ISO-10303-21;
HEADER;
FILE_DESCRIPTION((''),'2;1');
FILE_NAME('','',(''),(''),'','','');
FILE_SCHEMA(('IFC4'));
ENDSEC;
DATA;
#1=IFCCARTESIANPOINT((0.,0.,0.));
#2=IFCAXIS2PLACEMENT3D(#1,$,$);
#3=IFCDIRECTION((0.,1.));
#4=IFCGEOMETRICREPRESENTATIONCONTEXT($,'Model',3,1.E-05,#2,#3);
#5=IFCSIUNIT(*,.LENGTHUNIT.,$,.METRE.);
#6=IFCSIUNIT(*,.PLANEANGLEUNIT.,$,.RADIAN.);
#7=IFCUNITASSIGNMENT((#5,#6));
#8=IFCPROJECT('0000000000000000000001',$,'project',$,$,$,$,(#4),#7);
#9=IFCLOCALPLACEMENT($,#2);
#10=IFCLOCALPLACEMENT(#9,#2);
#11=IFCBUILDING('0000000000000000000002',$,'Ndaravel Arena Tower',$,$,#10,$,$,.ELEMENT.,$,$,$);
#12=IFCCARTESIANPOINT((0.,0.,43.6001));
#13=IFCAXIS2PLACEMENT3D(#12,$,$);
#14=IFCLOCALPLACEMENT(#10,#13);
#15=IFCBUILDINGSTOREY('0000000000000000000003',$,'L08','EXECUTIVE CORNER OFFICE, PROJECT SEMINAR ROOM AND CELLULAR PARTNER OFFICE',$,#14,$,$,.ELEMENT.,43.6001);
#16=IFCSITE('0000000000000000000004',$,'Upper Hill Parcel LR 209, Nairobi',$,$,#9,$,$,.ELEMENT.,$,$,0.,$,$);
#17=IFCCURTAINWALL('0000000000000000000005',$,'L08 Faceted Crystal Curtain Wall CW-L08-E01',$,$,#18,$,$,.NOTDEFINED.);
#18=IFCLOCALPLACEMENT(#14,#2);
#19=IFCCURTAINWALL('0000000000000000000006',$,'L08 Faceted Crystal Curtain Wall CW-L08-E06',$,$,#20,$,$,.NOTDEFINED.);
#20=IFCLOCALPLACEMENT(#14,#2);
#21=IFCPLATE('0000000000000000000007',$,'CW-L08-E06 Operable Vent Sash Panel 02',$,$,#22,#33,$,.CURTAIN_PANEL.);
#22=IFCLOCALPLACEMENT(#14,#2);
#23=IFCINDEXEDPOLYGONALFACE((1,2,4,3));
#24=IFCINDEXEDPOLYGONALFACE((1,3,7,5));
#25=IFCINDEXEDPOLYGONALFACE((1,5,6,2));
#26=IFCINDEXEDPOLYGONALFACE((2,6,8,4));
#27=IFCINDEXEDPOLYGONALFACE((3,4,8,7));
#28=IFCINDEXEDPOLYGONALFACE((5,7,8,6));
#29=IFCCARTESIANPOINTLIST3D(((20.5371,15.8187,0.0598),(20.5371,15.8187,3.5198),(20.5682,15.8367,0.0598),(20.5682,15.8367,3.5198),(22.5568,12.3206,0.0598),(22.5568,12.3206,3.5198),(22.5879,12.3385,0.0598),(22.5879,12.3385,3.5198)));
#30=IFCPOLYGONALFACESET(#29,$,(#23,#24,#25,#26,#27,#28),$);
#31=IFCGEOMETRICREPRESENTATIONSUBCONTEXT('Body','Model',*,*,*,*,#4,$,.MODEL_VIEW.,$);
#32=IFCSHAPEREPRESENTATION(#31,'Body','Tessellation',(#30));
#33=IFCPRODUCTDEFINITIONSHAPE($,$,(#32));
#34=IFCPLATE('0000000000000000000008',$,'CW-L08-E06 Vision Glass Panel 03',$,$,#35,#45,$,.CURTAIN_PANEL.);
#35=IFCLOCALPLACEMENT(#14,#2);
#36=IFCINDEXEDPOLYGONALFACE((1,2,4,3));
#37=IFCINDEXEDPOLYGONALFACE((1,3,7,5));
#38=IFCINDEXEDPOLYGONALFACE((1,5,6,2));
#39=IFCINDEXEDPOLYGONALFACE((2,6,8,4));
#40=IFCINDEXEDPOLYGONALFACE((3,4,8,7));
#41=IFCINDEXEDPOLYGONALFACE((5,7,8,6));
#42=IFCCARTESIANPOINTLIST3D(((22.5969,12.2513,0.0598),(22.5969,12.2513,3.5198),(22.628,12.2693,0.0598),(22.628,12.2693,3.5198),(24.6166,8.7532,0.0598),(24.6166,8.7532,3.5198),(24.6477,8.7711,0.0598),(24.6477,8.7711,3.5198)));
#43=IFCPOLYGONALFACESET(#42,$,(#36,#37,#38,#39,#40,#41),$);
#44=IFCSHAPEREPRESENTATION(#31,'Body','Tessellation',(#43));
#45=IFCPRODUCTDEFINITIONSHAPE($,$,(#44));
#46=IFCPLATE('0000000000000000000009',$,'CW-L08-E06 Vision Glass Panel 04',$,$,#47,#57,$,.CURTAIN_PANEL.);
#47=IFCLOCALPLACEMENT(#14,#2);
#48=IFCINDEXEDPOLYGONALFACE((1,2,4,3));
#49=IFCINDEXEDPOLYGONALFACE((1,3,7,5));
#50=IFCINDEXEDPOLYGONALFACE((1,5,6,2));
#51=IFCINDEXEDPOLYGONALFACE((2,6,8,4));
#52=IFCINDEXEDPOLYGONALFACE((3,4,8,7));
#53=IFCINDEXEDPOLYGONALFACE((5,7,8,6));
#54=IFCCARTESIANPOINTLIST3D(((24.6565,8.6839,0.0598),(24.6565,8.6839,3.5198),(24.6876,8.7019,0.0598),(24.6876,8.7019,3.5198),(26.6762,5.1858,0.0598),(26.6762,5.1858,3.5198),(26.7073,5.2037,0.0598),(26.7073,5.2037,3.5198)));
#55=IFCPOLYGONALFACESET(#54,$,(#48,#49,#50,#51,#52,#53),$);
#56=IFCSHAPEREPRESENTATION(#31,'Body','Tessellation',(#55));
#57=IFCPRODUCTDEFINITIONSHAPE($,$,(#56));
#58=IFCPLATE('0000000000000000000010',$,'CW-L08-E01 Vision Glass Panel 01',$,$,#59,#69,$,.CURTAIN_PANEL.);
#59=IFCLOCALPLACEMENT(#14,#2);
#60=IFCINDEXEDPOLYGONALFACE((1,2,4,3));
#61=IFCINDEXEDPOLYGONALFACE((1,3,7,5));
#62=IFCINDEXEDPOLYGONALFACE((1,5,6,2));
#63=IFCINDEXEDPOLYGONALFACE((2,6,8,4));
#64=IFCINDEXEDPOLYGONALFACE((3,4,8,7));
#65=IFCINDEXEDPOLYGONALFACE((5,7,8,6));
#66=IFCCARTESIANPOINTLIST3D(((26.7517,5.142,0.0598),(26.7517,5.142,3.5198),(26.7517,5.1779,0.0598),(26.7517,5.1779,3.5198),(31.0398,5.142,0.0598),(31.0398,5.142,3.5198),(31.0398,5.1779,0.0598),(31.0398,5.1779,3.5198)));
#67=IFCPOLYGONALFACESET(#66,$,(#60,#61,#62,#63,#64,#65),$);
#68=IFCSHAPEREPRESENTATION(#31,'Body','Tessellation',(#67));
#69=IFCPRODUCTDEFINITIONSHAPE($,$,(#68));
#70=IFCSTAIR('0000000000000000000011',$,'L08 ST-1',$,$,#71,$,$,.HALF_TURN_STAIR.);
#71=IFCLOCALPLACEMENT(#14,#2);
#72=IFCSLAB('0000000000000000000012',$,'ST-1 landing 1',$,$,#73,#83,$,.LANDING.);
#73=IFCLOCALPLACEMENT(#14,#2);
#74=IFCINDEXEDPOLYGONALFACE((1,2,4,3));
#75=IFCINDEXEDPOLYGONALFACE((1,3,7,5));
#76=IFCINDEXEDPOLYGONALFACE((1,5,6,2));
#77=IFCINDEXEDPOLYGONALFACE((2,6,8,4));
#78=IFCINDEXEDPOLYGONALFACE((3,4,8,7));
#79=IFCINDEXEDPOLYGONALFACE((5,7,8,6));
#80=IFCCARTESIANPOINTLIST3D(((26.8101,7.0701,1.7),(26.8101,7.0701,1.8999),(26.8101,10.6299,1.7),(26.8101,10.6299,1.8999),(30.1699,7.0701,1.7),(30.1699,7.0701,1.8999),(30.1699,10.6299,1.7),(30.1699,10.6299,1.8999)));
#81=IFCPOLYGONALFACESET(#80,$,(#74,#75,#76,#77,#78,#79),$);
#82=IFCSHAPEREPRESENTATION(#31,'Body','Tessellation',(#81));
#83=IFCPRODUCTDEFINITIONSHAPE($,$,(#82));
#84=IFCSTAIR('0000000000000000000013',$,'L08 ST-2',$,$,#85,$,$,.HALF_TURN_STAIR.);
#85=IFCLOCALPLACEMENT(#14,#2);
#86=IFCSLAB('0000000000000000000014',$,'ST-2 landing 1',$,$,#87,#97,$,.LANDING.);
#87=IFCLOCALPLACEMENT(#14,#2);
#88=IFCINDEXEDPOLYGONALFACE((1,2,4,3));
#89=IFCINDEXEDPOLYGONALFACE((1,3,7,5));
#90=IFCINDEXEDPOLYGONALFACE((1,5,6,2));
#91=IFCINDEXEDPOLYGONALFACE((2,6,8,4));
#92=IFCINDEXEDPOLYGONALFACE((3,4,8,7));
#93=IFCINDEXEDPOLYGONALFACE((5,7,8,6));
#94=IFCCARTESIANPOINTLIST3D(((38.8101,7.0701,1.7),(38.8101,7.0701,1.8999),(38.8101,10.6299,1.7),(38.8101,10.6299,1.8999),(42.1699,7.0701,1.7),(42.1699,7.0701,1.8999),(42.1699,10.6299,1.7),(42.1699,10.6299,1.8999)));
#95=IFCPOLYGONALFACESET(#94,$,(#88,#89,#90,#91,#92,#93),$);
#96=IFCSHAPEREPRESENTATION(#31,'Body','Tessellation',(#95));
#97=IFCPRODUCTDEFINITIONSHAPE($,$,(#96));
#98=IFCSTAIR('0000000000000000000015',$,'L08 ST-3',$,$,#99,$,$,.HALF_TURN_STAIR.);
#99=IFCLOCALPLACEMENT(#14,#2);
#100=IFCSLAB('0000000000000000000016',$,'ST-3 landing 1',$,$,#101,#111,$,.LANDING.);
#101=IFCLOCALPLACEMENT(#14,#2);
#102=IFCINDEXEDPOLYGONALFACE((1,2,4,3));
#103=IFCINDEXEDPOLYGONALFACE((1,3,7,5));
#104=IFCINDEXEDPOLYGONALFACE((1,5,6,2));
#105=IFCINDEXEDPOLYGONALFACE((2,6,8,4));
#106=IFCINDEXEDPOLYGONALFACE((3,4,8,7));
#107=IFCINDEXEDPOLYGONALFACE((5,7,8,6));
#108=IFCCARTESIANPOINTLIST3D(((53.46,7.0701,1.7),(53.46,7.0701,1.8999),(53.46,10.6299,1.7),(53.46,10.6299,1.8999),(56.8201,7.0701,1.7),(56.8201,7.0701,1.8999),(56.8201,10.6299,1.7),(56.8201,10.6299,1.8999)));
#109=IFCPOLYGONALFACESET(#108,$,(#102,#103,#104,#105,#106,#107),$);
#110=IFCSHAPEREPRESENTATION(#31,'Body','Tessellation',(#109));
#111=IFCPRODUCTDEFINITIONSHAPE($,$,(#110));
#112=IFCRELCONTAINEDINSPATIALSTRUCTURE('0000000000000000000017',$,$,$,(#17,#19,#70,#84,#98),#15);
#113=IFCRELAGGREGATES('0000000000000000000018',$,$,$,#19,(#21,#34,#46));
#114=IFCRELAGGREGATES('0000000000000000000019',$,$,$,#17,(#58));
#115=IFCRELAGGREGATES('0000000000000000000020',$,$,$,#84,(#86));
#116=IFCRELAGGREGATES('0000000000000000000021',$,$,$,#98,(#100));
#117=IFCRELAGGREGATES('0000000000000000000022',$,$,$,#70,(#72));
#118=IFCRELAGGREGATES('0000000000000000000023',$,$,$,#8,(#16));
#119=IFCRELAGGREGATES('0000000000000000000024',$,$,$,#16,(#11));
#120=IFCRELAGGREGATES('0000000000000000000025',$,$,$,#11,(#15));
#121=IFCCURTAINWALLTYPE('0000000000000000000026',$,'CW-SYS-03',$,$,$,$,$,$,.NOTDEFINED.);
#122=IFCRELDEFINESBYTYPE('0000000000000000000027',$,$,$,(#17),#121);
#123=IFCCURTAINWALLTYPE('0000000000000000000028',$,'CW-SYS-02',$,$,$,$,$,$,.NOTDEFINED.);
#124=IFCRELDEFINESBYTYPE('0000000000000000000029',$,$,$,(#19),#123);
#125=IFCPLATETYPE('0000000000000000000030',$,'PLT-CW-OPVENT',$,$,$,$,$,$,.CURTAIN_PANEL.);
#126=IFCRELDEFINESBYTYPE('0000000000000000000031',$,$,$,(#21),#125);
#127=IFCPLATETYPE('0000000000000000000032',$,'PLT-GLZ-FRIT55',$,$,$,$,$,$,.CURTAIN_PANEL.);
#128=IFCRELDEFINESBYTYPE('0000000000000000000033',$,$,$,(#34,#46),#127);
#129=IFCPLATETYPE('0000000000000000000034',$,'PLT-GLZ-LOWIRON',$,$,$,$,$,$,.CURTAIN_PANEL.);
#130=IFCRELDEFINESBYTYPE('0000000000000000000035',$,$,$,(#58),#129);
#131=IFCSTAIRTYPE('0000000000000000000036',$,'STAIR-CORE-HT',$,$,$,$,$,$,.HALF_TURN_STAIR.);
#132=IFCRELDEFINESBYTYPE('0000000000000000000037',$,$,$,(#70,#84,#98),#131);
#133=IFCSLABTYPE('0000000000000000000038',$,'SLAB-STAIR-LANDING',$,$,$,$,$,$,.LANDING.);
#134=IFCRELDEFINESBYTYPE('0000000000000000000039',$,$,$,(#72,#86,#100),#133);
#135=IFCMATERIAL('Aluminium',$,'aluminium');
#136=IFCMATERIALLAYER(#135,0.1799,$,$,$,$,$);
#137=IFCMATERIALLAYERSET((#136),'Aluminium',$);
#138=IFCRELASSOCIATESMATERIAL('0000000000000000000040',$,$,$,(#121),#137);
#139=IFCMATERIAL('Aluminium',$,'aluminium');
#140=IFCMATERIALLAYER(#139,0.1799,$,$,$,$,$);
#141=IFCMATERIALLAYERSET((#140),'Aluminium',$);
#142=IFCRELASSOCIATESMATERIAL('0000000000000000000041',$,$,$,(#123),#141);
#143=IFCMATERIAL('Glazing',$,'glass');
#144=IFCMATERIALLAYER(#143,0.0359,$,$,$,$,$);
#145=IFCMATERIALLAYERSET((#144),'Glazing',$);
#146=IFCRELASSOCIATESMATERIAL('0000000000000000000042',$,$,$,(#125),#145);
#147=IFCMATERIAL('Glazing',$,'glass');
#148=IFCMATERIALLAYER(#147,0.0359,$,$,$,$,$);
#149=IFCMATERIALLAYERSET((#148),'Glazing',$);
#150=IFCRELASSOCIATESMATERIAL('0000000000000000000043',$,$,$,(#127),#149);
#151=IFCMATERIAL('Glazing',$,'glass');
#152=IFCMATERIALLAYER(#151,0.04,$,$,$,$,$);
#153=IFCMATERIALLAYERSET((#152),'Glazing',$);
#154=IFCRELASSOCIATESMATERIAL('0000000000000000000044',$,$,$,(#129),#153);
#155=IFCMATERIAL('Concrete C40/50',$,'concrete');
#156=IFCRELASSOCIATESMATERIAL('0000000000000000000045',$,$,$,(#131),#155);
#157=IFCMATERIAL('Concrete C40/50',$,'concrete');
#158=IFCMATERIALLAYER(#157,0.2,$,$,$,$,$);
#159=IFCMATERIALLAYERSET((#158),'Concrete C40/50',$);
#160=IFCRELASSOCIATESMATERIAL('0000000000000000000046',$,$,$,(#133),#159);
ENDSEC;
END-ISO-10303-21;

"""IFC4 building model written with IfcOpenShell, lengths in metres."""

from ifc_helpers import new_model, si_unit, direction, frame, origin, origin_2d, place, context, subcontext, project, spatial, polyline, rectangle, outline, extrude, material, layer, layer_set, type_object, element, aggregate, save


model = new_model("IFC4")

# Units and contexts
model_context = context("Model", 3, precision=1e-05, world=origin(), true_north=direction((0.0, 1.0)))
body_context = subcontext(model_context, "Body", "Model", "MODEL_VIEW")
ifc_project = project(units=[si_unit("LENGTHUNIT", "METRE"), si_unit("PLANEANGLEUNIT", "RADIAN")], contexts=[model_context])

# Site, building, storey
site_placement = place(None, origin())
site = spatial("IfcSite", under=ifc_project, at=site_placement, Name="Upper Hill Parcel LR 209, Nairobi", CompositionType="ELEMENT", RefElevation=0.0)
building_placement = place(site_placement, origin())
building = spatial("IfcBuilding", under=site, at=building_placement, Name="Ndaravel Arena Tower", CompositionType="ELEMENT")
storey_placement = place(building_placement, frame((0.0, 0.0, 43.6001)))
storey = spatial("IfcBuildingStorey", under=building, at=storey_placement, Name="L08", Description="EXECUTIVE CORNER OFFICE, PROJECT SEMINAR ROOM AND CELLULAR PARTNER OFFICE", CompositionType="ELEMENT", Elevation=43.6001)

# Curtain wall
ifc_material_1 = material(Name="Aluminium", Category="aluminium")
ifc_layer_1 = layer(ifc_material_1, 0.1799)
ifc_layer_set_1 = layer_set([ifc_layer_1], Name="Aluminium")
curtain_wall_type_1 = type_object("IfcCurtainWallType", Name="CW-SYS-03", PredefinedType="NOTDEFINED", material=ifc_layer_set_1)
curtain_wall_1_placement = place(storey_placement, origin())
curtain_wall_1 = element("IfcCurtainWall", 1, at=curtain_wall_1_placement, inside=storey, type_object=curtain_wall_type_1, Name="L08 Faceted Crystal Curtain Wall CW-L08-E01", PredefinedType="NOTDEFINED")

# Curtain wall
ifc_material_2 = material(Name="Aluminium", Category="aluminium")
ifc_layer_2 = layer(ifc_material_2, 0.1799)
ifc_layer_set_2 = layer_set([ifc_layer_2], Name="Aluminium")
curtain_wall_type_2 = type_object("IfcCurtainWallType", Name="CW-SYS-02", PredefinedType="NOTDEFINED", material=ifc_layer_set_2)
curtain_wall_2_placement = place(storey_placement, origin())
curtain_wall_2 = element("IfcCurtainWall", 2, at=curtain_wall_2_placement, inside=storey, type_object=curtain_wall_type_2, Name="L08 Faceted Crystal Curtain Wall CW-L08-E06", PredefinedType="NOTDEFINED")

# Plates
ifc_material_3 = material(Name="Glazing", Category="glass")
ifc_layer_3 = layer(ifc_material_3, 0.0359)
ifc_layer_set_3 = layer_set([ifc_layer_3], Name="Glazing")
plate_type_1 = type_object("IfcPlateType", Name="PLT-CW-OPVENT", PredefinedType="CURTAIN_PANEL", material=ifc_layer_set_3)
plate_1_placement = place(storey_placement, frame((21.5625, 14.0786, 0.0598), z_axis=(0.0, 0.0, 1.0), x_axis=(0.5, -0.866025, 0.0)))
plate_1 = element("IfcPlate", 3, at=plate_1_placement, type_object=plate_type_1, Name="CW-L08-E06 Operable Vent Sash Panel 02", PredefinedType="CURTAIN_PANEL", context=body_context, shape_type="SweptSolid", body=[
    extrude(rectangle(XDim=4.0393, YDim=0.0359, at=origin_2d()), origin(), (0.0, 0.0, 1.0), 3.46),
])
ifc_material_4 = material(Name="Glazing", Category="glass")
ifc_layer_4 = layer(ifc_material_4, 0.0359)
ifc_layer_set_4 = layer_set([ifc_layer_4], Name="Glazing")
plate_type_2 = type_object("IfcPlateType", Name="PLT-GLZ-FRIT55", PredefinedType="CURTAIN_PANEL", material=ifc_layer_set_4)
plate_2_placement = place(storey_placement, frame((23.6223, 10.5112, 0.0598), z_axis=(0.0, 0.0, 1.0), x_axis=(0.5, -0.866025, 0.0)))
plate_2 = element("IfcPlate", 4, at=plate_2_placement, type_object=plate_type_2, Name="CW-L08-E06 Vision Glass Panel 03", PredefinedType="CURTAIN_PANEL", context=body_context, shape_type="SweptSolid", body=[
    extrude(rectangle(XDim=4.0393, YDim=0.0359, at=origin_2d()), origin(), (0.0, 0.0, 1.0), 3.46),
])
plate_3_placement = place(storey_placement, frame((25.6819, 6.9438, 0.0598), z_axis=(0.0, 0.0, 1.0), x_axis=(0.5, -0.866025, 0.0)))
plate_3 = element("IfcPlate", 5, at=plate_3_placement, type_object=plate_type_2, Name="CW-L08-E06 Vision Glass Panel 04", PredefinedType="CURTAIN_PANEL", context=body_context, shape_type="SweptSolid", body=[
    extrude(rectangle(XDim=4.0393, YDim=0.0359, at=origin_2d()), origin(), (0.0, 0.0, 1.0), 3.46),
])
aggregate(curtain_wall_2, [plate_1, plate_2, plate_3])
ifc_material_5 = material(Name="Glazing", Category="glass")
ifc_layer_5 = layer(ifc_material_5, 0.04)
ifc_layer_set_5 = layer_set([ifc_layer_5], Name="Glazing")
plate_type_3 = type_object("IfcPlateType", Name="PLT-GLZ-LOWIRON", PredefinedType="CURTAIN_PANEL", material=ifc_layer_set_5)
plate_4_placement = place(storey_placement, frame((28.8958, 5.1599, 0.0598), z_axis=(0.0, 0.0, 1.0), x_axis=(1.0, 0.0, 0.0)))
plate_4 = element("IfcPlate", 6, at=plate_4_placement, type_object=plate_type_3, Name="CW-L08-E01 Vision Glass Panel 01", PredefinedType="CURTAIN_PANEL", context=body_context, shape_type="SweptSolid", body=[
    extrude(rectangle(XDim=4.2881, YDim=0.0359, at=origin_2d()), origin(), (0.0, 0.0, 1.0), 3.46),
])
aggregate(curtain_wall_1, [plate_4])

# Stairs, slabs
ifc_material_6 = material(Name="Concrete C40/50", Category="concrete")
stair_type = type_object("IfcStairType", Name="STAIR-CORE-HT", PredefinedType="HALF_TURN_STAIR", material=ifc_material_6)
stair_1_placement = place(storey_placement, origin())
stair_1 = element("IfcStair", 7, at=stair_1_placement, inside=storey, type_object=stair_type, Name="L08 ST-1", PredefinedType="HALF_TURN_STAIR")
ifc_material_7 = material(Name="Concrete C40/50", Category="concrete")
ifc_layer_6 = layer(ifc_material_7, 0.2)
ifc_layer_set_6 = layer_set([ifc_layer_6], Name="Concrete C40/50")
slab_type_1 = type_object("IfcSlabType", Name="SLAB-STAIR-LANDING", PredefinedType="LANDING", material=ifc_layer_set_6)
slab_1_placement = place(storey_placement, frame((0.0, 0.0, 1.7)))
slab_1 = element("IfcSlab", 8, at=slab_1_placement, type_object=slab_type_1, Name="ST-1 landing 1", PredefinedType="LANDING", context=body_context, shape_type="SweptSolid", body=[
    extrude(outline(polyline([(26.8101, 10.6299), (26.8101, 7.0701), (30.1699, 7.0701), (30.1699, 10.6299), (26.8101, 10.6299)])), origin(), (0.0, 0.0, 1.0), 0.2),
])
stair_2_placement = place(storey_placement, origin())
stair_2 = element("IfcStair", 9, at=stair_2_placement, inside=storey, type_object=stair_type, Name="L08 ST-2", PredefinedType="HALF_TURN_STAIR")
slab_2_placement = place(storey_placement, frame((0.0, 0.0, 1.7)))
slab_2 = element("IfcSlab", 10, at=slab_2_placement, type_object=slab_type_1, Name="ST-2 landing 1", PredefinedType="LANDING", context=body_context, shape_type="SweptSolid", body=[
    extrude(outline(polyline([(38.8101, 10.6299), (38.8101, 7.0701), (42.1699, 7.0701), (42.1699, 10.6299), (38.8101, 10.6299)])), origin(), (0.0, 0.0, 1.0), 0.2),
])
aggregate(stair_2, [slab_2])
stair_3_placement = place(storey_placement, origin())
stair_3 = element("IfcStair", 11, at=stair_3_placement, inside=storey, type_object=stair_type, Name="L08 ST-3", PredefinedType="HALF_TURN_STAIR")
slab_3_placement = place(storey_placement, frame((0.0, 0.0, 1.7)))
slab_3 = element("IfcSlab", 12, at=slab_3_placement, type_object=slab_type_1, Name="ST-3 landing 1", PredefinedType="LANDING", context=body_context, shape_type="SweptSolid", body=[
    extrude(outline(polyline([(53.46, 10.6299), (53.46, 7.0701), (56.8201, 7.0701), (56.8201, 10.6299), (53.46, 10.6299)])), origin(), (0.0, 0.0, 1.0), 0.2),
])
aggregate(stair_3, [slab_3])

aggregate(stair_1, [slab_1])

save(model, "model.ifc")
